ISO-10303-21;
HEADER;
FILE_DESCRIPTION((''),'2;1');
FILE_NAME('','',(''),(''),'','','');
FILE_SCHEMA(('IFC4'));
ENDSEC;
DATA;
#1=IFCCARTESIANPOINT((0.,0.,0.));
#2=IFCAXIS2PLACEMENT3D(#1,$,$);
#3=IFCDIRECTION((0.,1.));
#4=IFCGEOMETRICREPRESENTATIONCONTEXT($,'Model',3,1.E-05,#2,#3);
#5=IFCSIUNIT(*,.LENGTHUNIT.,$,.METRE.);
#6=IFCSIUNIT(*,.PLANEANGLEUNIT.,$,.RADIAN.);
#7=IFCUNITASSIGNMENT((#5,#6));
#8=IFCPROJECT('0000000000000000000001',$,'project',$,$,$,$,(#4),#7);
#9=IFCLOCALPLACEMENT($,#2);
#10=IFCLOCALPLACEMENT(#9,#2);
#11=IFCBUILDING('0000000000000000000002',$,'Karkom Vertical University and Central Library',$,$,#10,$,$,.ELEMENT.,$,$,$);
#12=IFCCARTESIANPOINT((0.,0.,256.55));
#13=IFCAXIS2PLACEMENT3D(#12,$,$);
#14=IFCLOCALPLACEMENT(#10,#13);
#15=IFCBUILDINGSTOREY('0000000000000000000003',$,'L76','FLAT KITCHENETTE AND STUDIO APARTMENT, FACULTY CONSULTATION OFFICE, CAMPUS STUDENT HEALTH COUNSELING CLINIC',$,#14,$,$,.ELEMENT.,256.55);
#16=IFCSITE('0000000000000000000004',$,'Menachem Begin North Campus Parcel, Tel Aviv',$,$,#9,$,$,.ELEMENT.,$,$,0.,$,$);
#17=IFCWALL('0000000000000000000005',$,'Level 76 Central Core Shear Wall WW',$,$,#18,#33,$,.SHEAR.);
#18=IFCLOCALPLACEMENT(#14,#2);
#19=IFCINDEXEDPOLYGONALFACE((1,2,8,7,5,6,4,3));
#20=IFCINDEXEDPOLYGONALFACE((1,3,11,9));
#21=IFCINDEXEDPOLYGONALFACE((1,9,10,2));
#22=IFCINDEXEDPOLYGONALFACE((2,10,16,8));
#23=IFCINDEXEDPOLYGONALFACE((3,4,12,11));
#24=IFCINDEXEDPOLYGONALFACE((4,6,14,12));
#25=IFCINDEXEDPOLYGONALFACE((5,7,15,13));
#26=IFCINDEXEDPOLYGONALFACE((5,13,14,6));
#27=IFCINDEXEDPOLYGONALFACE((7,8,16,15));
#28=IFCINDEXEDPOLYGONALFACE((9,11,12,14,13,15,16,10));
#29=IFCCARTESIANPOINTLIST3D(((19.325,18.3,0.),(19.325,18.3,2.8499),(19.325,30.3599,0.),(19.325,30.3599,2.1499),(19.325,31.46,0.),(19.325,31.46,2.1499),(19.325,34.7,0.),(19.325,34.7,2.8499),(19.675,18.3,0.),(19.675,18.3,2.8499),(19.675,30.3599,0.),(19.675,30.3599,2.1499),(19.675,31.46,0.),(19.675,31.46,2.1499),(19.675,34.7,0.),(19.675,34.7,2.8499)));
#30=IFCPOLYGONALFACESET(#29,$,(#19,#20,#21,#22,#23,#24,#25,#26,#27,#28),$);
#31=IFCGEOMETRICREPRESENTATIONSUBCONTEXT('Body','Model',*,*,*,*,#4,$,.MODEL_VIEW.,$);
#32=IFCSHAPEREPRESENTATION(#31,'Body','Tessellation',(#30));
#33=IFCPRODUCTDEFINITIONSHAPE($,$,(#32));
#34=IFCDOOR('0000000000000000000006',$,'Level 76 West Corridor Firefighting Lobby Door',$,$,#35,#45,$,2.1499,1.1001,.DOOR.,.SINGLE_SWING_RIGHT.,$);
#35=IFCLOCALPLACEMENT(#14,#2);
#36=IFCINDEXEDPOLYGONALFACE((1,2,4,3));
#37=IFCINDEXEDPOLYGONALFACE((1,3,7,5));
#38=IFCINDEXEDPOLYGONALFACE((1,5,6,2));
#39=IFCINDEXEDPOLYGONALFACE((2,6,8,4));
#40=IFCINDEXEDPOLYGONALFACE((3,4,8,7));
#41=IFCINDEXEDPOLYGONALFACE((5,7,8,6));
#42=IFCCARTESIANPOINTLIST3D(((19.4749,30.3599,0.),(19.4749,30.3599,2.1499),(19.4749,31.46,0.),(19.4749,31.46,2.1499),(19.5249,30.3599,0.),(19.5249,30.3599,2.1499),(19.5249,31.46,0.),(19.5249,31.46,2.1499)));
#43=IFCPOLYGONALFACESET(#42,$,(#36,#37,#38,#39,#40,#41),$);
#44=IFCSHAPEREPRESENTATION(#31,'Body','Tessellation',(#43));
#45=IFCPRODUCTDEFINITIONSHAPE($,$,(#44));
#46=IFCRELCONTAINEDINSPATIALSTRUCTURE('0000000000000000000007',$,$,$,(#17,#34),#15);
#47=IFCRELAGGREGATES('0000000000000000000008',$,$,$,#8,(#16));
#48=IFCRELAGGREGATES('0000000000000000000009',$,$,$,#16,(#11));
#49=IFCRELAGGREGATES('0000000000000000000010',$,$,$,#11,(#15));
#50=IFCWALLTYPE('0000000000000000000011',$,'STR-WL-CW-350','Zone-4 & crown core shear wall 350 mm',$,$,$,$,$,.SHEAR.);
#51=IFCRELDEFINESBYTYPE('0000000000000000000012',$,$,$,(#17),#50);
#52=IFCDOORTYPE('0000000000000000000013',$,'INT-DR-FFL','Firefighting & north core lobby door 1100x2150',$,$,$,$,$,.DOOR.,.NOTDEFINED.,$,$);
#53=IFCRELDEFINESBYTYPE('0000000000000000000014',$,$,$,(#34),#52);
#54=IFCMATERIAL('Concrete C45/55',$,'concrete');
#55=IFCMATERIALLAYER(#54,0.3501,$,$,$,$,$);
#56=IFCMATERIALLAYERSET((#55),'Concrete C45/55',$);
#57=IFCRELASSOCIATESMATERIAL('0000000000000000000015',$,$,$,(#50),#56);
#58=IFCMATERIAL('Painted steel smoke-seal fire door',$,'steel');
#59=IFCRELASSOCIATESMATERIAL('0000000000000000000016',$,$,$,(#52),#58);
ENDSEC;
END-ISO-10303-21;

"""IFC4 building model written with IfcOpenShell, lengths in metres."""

from ifc_helpers import new_model, si_unit, direction, frame, frame_2d, origin, origin_with_axes, place, context, subcontext, project, spatial, rectangle, extrude, source, transform, mapped, material, layer, layer_set, type_object, element, fill, save


model = new_model("IFC4")

# Units and contexts
model_context = context("Model", 3, precision=1e-05, world=origin(), true_north=direction((0.0, 1.0)))
body_context = subcontext(model_context, "Body", "Model", "MODEL_VIEW")
ifc_project = project(units=[si_unit("LENGTHUNIT", "METRE"), si_unit("PLANEANGLEUNIT", "RADIAN")], contexts=[model_context])

# Site, building, storey
site_placement = place(None, origin())
site = spatial("IfcSite", under=ifc_project, at=site_placement, Name="Menachem Begin North Campus Parcel, Tel Aviv", CompositionType="ELEMENT", RefElevation=0.0)
building_placement = place(site_placement, origin())
building = spatial("IfcBuilding", under=site, at=building_placement, Name="Karkom Vertical University and Central Library", CompositionType="ELEMENT")
storey_placement = place(building_placement, frame((0.0, 0.0, 256.55)))
storey = spatial("IfcBuildingStorey", under=building, at=storey_placement, Name="L76", Description="FLAT KITCHENETTE AND STUDIO APARTMENT, FACULTY CONSULTATION OFFICE, CAMPUS STUDENT HEALTH COUNSELING CLINIC", CompositionType="ELEMENT", Elevation=256.55)

# Shared definitions
ifc_material_1 = material(Name="Concrete C45/55", Category="concrete")

# Shared definitions
ifc_layer_1 = layer(ifc_material_1, 0.3501)
ifc_layer_set_1 = layer_set([ifc_layer_1], Name="Concrete C45/55")
wall_type_1 = type_object("IfcWallType", Name="STR-WL-CW-350", Description="Zone-4 & crown core shear wall 350 mm", PredefinedType="SHEAR", material=ifc_layer_set_1)

# Wall, opening, door
wall_1_placement = place(storey_placement, frame((19.5, 34.7, 0.0), z_axis=(0.0, 0.0, 1.0), x_axis=(0.0, -1.0, 0.0)))
wall_1 = element("IfcWall", 1, at=wall_1_placement, inside=storey, type_object=wall_type_1, Name="Level 76 Central Core Shear Wall WW", PredefinedType="SHEAR", context=body_context, shape_type="SweptSolid", body=[
    extrude(rectangle(XDim=16.3999, YDim=0.3501, at=frame_2d((8.2, 0.0))), origin(), (0.0, 0.0, 1.0), 2.8499),
])
opening_1_placement = place(wall_1_placement, frame((3.24, 0.0, 0.0)))
opening_1 = element("IfcOpeningElement", 2, at=opening_1_placement, cuts=wall_1, PredefinedType="OPENING", context=body_context, shape_type="SweptSolid", body=[
    extrude(rectangle(XDim=1.1001, YDim=2.1499, at=frame_2d((0.55, 1.075))), frame((0.0, 0.1851, 0.0), z_axis=(0.0, -1.0, 0.0), x_axis=(1.0, 0.0, 0.0)), (0.0, 0.0, 1.0), 0.3701),
])
ifc_material_2 = material(Name="Painted steel smoke-seal fire door", Category="steel")
door_type_1 = type_object("IfcDoorType", Name="INT-DR-FFL", Description="Firefighting & north core lobby door 1100x2150", OperationType="NOTDEFINED", PredefinedType="DOOR", material=ifc_material_2)
shared_shape_1 = source(origin_with_axes(), body_context, "Body", "SweptSolid", [
    extrude(rectangle(XDim=1.1001, YDim=2.1499, at=frame_2d((0.55, 1.075))), frame((0.0, 0.0249, 0.0), z_axis=(0.0, -1.0, 0.0), x_axis=(1.0, 0.0, 0.0)), (0.0, 0.0, 1.0), 0.05),
])
door_1_placement = place(opening_1_placement, origin())
door_1 = element("IfcDoor", 3, at=door_1_placement, inside=storey, type_object=door_type_1, Name="Level 76 West Corridor Firefighting Lobby Door", OperationType="SINGLE_SWING_RIGHT", OverallHeight=2.1499, OverallWidth=1.1001, PredefinedType="DOOR", context=body_context, shape_type="MappedRepresentation", body=[
    mapped(shared_shape_1, transform((0.0, 0.0, 0.0), scale=1.0)),
])
fill(opening_1, door_1)

save(model, "model.ifc")
